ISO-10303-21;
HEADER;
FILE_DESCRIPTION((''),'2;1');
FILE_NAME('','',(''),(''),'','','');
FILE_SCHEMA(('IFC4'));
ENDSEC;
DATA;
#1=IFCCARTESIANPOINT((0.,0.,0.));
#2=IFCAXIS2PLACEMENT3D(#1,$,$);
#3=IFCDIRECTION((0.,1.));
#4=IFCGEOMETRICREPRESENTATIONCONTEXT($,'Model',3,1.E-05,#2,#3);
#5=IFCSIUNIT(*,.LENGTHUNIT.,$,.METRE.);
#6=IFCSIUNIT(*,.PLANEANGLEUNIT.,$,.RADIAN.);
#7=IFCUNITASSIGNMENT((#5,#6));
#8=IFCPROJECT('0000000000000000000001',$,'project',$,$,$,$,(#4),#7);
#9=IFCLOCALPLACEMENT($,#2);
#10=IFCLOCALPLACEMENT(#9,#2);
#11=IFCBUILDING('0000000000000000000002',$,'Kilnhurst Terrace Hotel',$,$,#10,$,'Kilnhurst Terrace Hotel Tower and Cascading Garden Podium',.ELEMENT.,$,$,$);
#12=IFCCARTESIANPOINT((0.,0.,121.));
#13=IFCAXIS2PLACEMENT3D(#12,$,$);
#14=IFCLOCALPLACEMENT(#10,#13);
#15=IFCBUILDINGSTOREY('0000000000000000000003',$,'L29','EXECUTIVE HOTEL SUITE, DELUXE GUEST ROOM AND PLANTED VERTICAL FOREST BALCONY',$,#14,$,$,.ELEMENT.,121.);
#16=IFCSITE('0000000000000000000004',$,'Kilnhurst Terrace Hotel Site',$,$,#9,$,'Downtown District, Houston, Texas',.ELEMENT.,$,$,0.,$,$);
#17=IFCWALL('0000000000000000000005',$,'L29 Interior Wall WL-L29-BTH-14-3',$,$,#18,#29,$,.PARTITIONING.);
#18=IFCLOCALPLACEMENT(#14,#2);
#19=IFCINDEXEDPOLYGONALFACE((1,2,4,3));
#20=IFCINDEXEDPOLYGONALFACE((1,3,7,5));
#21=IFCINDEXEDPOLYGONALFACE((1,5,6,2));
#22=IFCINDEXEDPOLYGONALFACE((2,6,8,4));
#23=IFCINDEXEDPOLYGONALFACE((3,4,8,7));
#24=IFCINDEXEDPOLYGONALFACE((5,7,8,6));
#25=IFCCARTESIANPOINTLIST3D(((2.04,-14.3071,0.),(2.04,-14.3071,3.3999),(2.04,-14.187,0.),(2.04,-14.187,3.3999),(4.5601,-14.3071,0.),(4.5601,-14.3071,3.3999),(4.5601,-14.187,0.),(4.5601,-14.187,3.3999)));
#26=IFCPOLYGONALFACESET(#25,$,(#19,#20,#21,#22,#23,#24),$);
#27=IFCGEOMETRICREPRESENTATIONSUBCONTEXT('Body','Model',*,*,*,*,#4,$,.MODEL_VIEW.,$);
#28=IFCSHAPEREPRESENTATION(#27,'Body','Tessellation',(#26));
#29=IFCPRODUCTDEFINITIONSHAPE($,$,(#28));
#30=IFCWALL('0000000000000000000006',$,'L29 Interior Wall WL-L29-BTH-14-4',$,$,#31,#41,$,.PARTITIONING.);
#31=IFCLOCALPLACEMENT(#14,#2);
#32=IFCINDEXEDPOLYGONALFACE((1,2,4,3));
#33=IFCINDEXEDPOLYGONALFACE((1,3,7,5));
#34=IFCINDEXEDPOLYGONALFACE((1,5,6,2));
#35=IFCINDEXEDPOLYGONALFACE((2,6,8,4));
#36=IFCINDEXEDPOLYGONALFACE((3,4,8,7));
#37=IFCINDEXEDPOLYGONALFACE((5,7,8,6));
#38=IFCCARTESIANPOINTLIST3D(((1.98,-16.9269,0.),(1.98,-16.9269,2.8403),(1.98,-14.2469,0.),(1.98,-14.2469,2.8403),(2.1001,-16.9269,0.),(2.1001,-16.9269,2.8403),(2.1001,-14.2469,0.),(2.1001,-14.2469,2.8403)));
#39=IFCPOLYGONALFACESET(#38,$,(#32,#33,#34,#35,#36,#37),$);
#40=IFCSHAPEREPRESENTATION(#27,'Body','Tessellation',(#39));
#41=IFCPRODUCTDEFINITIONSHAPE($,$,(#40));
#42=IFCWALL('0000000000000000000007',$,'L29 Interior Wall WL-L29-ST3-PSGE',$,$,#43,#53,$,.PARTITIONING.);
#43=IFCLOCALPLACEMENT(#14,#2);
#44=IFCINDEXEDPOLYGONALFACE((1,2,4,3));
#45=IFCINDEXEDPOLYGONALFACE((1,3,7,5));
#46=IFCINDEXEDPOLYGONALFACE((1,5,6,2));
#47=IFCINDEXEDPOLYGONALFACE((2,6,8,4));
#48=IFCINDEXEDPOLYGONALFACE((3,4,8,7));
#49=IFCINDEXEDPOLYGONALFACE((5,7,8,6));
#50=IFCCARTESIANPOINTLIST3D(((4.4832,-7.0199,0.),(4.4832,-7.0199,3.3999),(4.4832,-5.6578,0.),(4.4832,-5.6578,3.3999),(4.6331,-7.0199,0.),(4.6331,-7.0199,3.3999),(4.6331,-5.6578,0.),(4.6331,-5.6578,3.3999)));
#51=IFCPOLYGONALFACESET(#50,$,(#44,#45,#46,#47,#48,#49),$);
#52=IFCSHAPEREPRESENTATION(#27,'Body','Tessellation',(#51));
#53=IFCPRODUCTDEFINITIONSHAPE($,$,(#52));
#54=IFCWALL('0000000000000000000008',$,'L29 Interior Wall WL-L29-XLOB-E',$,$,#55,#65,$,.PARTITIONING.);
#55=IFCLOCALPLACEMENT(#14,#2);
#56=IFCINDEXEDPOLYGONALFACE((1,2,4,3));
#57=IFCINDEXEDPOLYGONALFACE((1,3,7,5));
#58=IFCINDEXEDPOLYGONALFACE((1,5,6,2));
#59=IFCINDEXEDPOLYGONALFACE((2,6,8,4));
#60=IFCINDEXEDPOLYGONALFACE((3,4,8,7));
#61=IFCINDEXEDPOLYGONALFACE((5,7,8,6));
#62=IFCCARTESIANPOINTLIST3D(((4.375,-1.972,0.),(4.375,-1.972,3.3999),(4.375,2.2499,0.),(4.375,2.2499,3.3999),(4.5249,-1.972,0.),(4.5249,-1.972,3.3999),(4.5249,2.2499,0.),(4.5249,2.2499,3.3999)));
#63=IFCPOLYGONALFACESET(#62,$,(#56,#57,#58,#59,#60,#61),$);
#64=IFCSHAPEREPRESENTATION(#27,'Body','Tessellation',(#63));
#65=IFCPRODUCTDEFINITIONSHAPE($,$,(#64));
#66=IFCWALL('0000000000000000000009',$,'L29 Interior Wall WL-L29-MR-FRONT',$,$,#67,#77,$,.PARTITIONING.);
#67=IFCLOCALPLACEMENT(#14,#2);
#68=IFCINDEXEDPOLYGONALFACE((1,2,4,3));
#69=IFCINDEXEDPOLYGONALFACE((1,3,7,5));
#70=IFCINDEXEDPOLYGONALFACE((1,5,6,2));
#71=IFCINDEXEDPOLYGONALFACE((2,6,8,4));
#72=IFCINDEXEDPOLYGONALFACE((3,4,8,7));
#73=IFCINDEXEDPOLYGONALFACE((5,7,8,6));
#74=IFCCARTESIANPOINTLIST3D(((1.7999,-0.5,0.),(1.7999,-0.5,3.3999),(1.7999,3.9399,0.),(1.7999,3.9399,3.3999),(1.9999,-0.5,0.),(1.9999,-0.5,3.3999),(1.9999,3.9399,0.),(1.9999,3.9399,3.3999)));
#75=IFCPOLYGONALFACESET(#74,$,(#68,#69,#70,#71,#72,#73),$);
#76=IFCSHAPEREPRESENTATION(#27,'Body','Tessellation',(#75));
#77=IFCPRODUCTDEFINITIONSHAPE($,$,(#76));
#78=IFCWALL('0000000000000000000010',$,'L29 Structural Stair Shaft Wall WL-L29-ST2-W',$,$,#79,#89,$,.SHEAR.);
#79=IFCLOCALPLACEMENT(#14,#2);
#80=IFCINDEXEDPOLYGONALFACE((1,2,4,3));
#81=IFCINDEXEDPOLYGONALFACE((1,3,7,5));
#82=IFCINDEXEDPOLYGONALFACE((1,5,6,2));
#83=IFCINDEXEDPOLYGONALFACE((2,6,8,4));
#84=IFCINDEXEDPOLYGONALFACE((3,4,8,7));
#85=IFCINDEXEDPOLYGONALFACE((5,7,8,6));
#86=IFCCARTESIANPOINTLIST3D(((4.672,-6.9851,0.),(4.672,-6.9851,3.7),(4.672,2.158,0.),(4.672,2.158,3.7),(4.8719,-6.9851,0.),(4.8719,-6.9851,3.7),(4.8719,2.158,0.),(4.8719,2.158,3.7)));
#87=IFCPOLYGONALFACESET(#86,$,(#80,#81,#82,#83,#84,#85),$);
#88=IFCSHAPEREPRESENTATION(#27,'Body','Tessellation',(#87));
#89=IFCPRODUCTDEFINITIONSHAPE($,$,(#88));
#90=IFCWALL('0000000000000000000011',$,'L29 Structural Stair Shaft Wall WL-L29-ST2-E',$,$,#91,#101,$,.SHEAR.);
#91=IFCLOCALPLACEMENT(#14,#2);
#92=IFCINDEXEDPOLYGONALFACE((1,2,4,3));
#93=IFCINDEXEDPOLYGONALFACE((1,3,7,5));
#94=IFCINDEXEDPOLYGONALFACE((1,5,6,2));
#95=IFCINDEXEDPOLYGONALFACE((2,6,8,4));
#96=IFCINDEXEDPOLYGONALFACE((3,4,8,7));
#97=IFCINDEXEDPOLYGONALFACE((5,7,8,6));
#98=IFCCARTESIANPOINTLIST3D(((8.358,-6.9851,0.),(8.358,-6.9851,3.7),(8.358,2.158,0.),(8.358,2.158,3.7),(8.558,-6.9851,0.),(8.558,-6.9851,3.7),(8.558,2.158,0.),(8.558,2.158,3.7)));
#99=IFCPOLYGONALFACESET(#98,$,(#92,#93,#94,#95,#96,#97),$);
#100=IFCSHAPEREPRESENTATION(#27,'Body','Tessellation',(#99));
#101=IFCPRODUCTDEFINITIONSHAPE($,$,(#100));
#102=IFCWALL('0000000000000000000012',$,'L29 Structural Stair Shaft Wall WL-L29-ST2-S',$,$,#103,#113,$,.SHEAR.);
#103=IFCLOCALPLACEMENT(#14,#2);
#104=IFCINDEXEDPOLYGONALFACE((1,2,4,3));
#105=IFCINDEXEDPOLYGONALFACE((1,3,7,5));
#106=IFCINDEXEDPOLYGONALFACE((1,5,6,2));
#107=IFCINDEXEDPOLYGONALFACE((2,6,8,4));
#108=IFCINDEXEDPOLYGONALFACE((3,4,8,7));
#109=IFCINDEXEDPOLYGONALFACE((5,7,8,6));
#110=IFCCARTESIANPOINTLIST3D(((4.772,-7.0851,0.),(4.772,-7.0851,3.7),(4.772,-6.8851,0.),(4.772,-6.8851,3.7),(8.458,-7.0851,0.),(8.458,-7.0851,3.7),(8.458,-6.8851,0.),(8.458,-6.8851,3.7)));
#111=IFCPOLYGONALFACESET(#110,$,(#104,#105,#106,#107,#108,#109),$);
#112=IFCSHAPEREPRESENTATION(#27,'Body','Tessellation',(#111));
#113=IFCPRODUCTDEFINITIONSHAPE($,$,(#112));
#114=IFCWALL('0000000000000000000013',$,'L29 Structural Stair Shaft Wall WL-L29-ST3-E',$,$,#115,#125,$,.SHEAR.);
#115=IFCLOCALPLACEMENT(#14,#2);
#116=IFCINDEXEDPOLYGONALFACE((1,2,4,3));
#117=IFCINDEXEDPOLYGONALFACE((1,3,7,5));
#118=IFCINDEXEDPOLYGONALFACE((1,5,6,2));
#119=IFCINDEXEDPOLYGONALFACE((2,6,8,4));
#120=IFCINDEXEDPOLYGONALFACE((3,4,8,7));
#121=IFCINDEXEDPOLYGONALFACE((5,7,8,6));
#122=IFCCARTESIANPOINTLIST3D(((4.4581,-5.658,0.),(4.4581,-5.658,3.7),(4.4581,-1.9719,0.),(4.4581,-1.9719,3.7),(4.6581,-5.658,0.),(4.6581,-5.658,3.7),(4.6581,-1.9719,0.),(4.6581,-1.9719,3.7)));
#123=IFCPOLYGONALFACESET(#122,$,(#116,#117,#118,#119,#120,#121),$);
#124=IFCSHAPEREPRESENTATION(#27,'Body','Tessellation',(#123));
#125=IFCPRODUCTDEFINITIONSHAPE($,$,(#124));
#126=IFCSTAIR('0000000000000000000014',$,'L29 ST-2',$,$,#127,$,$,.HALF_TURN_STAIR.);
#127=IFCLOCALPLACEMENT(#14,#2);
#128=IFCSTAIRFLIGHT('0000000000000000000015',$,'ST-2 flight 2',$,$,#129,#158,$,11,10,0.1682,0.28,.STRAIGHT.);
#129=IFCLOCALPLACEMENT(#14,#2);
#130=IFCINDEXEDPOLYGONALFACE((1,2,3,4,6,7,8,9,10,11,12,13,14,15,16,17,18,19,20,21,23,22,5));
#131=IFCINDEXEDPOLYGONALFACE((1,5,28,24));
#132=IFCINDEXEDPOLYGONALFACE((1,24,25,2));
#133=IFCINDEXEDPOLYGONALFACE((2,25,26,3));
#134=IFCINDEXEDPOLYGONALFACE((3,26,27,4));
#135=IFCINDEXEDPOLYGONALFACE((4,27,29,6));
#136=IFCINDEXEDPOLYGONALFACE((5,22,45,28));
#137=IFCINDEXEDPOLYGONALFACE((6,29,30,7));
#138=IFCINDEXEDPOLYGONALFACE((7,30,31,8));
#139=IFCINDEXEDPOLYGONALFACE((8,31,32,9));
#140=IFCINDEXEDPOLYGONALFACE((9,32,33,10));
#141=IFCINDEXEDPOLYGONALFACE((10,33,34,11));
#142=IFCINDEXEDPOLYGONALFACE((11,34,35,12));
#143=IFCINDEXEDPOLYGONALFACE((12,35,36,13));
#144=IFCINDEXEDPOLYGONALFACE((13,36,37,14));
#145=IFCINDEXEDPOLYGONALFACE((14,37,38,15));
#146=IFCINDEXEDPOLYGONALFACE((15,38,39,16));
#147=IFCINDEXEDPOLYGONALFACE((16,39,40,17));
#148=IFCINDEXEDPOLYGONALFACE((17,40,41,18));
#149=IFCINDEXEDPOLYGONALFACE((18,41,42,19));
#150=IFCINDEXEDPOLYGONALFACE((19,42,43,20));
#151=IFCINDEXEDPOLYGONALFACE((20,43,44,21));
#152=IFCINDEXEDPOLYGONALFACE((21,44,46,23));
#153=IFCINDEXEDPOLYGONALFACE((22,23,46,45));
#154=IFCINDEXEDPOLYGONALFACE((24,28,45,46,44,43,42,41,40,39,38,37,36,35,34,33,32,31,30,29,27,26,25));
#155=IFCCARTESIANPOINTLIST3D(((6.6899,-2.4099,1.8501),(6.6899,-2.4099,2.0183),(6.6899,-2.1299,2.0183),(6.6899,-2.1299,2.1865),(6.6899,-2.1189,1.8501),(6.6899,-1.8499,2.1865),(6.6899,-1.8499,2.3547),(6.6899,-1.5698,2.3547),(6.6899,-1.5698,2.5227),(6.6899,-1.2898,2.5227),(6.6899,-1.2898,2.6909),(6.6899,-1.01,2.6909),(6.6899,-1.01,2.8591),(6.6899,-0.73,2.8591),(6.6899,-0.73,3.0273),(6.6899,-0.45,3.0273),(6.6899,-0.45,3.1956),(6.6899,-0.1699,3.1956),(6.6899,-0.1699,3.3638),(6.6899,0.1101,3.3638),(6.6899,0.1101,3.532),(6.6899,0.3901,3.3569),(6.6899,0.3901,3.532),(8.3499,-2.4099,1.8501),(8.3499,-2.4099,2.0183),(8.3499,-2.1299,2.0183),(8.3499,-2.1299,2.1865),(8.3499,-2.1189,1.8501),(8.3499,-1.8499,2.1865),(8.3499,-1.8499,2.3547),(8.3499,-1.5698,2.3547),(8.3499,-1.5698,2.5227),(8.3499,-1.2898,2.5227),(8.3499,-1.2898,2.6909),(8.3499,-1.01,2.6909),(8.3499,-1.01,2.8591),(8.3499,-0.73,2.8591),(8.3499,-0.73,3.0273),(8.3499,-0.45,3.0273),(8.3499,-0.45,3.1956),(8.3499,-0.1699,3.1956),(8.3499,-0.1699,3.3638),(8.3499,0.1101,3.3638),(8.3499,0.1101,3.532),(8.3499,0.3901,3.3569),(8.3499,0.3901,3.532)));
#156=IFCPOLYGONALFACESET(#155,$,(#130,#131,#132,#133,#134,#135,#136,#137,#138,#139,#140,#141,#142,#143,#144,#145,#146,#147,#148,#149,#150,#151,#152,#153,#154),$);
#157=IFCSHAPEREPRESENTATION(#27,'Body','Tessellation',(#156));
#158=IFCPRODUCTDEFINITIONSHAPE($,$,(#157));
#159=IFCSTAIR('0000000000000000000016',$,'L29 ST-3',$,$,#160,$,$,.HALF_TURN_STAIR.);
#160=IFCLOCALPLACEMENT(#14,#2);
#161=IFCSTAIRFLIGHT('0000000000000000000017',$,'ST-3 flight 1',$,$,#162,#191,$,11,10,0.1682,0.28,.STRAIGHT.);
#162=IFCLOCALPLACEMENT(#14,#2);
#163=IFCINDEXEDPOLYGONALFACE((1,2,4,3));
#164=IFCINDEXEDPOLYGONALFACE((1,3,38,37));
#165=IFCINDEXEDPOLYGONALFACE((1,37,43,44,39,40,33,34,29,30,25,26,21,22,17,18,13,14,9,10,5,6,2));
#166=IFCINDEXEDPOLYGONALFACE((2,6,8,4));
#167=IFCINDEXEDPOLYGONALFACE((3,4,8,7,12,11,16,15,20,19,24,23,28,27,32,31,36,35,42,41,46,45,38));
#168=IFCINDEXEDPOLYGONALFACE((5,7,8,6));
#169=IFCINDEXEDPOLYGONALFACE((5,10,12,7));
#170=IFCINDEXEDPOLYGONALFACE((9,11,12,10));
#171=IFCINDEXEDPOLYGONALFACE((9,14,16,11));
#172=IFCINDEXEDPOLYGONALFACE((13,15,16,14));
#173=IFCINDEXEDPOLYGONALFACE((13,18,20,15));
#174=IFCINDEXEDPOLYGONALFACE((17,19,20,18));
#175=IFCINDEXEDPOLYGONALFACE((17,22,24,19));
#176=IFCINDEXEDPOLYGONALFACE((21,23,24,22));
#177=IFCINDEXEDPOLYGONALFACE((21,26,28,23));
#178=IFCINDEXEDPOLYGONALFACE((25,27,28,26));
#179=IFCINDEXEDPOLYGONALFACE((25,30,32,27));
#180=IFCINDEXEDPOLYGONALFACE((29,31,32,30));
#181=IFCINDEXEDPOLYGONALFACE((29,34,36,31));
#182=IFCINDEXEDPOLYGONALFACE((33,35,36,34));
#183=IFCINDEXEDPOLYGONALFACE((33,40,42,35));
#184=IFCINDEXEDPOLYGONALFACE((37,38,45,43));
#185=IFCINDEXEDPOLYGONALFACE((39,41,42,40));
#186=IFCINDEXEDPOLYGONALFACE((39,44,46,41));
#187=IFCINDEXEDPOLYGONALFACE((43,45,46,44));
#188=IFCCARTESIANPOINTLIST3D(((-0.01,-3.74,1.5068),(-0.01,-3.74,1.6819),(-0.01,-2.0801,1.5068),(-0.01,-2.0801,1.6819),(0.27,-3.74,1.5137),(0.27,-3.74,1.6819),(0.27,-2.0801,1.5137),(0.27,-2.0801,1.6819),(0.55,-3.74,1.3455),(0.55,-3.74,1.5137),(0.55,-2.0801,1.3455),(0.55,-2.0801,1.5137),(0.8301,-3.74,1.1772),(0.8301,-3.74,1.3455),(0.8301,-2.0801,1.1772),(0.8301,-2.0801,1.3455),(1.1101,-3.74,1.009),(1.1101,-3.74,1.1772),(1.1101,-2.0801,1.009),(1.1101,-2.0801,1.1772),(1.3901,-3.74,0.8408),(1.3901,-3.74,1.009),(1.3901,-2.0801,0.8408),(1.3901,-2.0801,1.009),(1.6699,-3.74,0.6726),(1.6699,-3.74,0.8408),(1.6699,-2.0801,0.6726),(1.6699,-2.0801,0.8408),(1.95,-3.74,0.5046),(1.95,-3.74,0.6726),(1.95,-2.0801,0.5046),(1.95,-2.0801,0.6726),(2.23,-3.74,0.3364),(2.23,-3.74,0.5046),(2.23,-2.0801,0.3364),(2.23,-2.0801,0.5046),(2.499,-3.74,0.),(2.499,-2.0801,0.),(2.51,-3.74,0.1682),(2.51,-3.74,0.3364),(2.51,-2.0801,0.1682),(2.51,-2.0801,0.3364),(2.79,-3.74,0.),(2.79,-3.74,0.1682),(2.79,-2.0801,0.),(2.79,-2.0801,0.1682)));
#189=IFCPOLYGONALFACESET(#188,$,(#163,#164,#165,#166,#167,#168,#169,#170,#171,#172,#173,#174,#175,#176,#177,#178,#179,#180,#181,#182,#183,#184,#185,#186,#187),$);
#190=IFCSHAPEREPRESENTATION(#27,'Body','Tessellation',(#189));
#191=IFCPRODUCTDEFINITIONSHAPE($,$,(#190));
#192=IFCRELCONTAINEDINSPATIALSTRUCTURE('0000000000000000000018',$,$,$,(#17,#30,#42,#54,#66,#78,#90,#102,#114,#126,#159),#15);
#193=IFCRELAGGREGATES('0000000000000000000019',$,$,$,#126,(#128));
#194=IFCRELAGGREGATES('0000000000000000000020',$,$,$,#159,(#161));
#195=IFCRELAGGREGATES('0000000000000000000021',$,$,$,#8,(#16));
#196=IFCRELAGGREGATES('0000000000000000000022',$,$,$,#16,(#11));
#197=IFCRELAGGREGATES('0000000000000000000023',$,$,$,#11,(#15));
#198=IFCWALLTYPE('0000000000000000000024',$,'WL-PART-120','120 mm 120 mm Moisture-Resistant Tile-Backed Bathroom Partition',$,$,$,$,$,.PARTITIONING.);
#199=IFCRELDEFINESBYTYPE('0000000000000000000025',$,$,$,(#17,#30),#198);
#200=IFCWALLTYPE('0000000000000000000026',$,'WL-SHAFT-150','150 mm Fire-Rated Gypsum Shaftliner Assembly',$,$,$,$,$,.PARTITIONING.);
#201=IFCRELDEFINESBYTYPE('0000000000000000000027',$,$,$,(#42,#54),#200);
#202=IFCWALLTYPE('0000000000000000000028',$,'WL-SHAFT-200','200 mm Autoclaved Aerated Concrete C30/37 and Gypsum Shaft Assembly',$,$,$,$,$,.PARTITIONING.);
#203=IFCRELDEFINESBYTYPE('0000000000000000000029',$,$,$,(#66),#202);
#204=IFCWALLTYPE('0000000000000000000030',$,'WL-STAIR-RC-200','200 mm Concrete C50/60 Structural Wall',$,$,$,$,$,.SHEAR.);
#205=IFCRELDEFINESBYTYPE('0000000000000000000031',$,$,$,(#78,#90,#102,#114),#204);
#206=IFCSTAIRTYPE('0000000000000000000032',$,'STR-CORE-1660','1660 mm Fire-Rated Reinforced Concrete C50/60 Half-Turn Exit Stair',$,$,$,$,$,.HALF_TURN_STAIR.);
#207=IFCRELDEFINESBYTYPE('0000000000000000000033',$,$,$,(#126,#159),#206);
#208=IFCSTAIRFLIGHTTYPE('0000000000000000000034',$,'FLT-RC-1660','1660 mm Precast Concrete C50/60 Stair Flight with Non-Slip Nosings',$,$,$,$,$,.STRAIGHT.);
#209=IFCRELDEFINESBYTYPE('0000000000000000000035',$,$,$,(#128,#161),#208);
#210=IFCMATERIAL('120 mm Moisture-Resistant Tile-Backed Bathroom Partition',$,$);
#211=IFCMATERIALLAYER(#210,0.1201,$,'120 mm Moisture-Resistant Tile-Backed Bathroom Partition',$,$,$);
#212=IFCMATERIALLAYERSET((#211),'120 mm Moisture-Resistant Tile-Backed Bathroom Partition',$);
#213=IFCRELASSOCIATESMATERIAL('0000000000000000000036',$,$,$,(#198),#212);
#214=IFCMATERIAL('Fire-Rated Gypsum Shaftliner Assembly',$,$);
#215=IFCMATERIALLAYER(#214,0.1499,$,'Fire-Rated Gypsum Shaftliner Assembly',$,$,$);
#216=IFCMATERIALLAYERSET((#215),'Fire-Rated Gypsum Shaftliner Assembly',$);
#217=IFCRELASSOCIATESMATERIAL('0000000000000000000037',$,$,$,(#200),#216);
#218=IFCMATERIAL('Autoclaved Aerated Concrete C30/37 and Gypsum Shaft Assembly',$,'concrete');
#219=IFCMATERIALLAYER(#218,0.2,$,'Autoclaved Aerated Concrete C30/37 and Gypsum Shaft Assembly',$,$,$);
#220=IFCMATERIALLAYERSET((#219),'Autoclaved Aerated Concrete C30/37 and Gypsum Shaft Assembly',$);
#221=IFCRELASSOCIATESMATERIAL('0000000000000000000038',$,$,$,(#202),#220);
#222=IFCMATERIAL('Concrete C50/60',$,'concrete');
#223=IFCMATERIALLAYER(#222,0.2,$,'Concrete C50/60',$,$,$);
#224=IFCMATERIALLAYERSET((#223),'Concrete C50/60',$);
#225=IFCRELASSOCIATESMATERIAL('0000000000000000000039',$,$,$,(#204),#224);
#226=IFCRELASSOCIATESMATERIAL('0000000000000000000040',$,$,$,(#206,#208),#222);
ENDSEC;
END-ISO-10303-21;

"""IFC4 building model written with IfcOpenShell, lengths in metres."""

from ifc_helpers import new_model, si_unit, direction, frame, frame_2d, origin, place, context, subcontext, project, spatial, polyline, rectangle, outline, extrude, material, layer, layer_set, type_object, element, aggregate, save


model = new_model("IFC4")

# Units and contexts
model_context = context("Model", 3, precision=1e-05, world=origin(), true_north=direction((0.0, 1.0)))
body_context = subcontext(model_context, "Body", "Model", "MODEL_VIEW")
ifc_project = project(units=[si_unit("LENGTHUNIT", "METRE"), si_unit("PLANEANGLEUNIT", "RADIAN")], contexts=[model_context])

# Site, building, storey
site_placement = place(None, origin())
site = spatial("IfcSite", under=ifc_project, at=site_placement, Name="Kilnhurst Terrace Hotel Site", LongName="Downtown District, Houston, Texas", CompositionType="ELEMENT", RefElevation=0.0)
building_placement = place(site_placement, origin())
building = spatial("IfcBuilding", under=site, at=building_placement, Name="Kilnhurst Terrace Hotel", LongName="Kilnhurst Terrace Hotel Tower and Cascading Garden Podium", CompositionType="ELEMENT")
storey_placement = place(building_placement, frame((0.0, 0.0, 121.0)))
storey = spatial("IfcBuildingStorey", under=building, at=storey_placement, Name="L29", Description="EXECUTIVE HOTEL SUITE, DELUXE GUEST ROOM AND PLANTED VERTICAL FOREST BALCONY", CompositionType="ELEMENT", Elevation=121.0)

# Shared definitions
ifc_material_1 = material(Name="Concrete C50/60", Category="concrete")

# Shared definitions
ifc_material_2 = material(Name="120 mm Moisture-Resistant Tile-Backed Bathroom Partition")
ifc_layer_1 = layer(ifc_material_2, 0.1201, Name="120 mm Moisture-Resistant Tile-Backed Bathroom Partition")
ifc_layer_set_1 = layer_set([ifc_layer_1], Name="120 mm Moisture-Resistant Tile-Backed Bathroom Partition")
wall_type_1 = type_object("IfcWallType", Name="WL-PART-120", Description="120 mm 120 mm Moisture-Resistant Tile-Backed Bathroom Partition", PredefinedType="PARTITIONING", material=ifc_layer_set_1)

# Walls
wall_1_placement = place(storey_placement, frame((4.5601, -14.2471, 0.0), z_axis=(0.0, 0.0, 1.0), x_axis=(-1.0, 0.0, 0.0)))
element("IfcWall", 1, at=wall_1_placement, inside=storey, type_object=wall_type_1, Name="L29 Interior Wall WL-L29-BTH-14-3", PredefinedType="PARTITIONING", context=body_context, shape_type="SweptSolid", body=[
    extrude(rectangle(XDim=2.52, YDim=0.1201, at=frame_2d((1.26, 0.0))), origin(), (0.0, 0.0, 1.0), 3.3999),
])
wall_2_placement = place(storey_placement, frame((2.04, -14.2471, 0.0), z_axis=(0.0, 0.0, 1.0), x_axis=(0.0, -1.0, 0.0)))
element("IfcWall", 2, at=wall_2_placement, inside=storey, type_object=wall_type_1, Name="L29 Interior Wall WL-L29-BTH-14-4", PredefinedType="PARTITIONING", context=body_context, shape_type="SweptSolid", body=[
    extrude(rectangle(XDim=2.6799, YDim=0.1201, at=frame_2d((1.3398, 0.0))), origin(), (0.0, 0.0, 1.0), 2.8403),
])
ifc_material_3 = material(Name="Fire-Rated Gypsum Shaftliner Assembly")
ifc_layer_2 = layer(ifc_material_3, 0.1499, Name="Fire-Rated Gypsum Shaftliner Assembly")
ifc_layer_set_2 = layer_set([ifc_layer_2], Name="Fire-Rated Gypsum Shaftliner Assembly")
wall_type_2 = type_object("IfcWallType", Name="WL-SHAFT-150", Description="150 mm Fire-Rated Gypsum Shaftliner Assembly", PredefinedType="PARTITIONING", material=ifc_layer_set_2)
wall_3_placement = place(storey_placement, frame((4.5581, -7.02, 0.0), z_axis=(0.0, 0.0, 1.0), x_axis=(0.0, 1.0, 0.0)))
element("IfcWall", 3, at=wall_3_placement, inside=storey, type_object=wall_type_2, Name="L29 Interior Wall WL-L29-ST3-PSGE", PredefinedType="PARTITIONING", context=body_context, shape_type="SweptSolid", body=[
    extrude(rectangle(XDim=1.3621, YDim=0.1499, at=frame_2d((0.6812, 0.0))), origin(), (0.0, 0.0, 1.0), 3.3999),
])
wall_4_placement = place(storey_placement, frame((4.45, -1.9719, 0.0), z_axis=(0.0, 0.0, 1.0), x_axis=(0.0, 1.0, 0.0)))
element("IfcWall", 4, at=wall_4_placement, inside=storey, type_object=wall_type_2, Name="L29 Interior Wall WL-L29-XLOB-E", PredefinedType="PARTITIONING", context=body_context, shape_type="SweptSolid", body=[
    extrude(rectangle(XDim=4.2219, YDim=0.1499, at=frame_2d((2.1108, 0.0))), origin(), (0.0, 0.0, 1.0), 3.3999),
])
ifc_material_4 = material(Name="Autoclaved Aerated Concrete C30/37 and Gypsum Shaft Assembly", Category="concrete")
ifc_layer_3 = layer(ifc_material_4, 0.2, Name="Autoclaved Aerated Concrete C30/37 and Gypsum Shaft Assembly")
ifc_layer_set_3 = layer_set([ifc_layer_3], Name="Autoclaved Aerated Concrete C30/37 and Gypsum Shaft Assembly")
wall_type_3 = type_object("IfcWallType", Name="WL-SHAFT-200", Description="200 mm Autoclaved Aerated Concrete C30/37 and Gypsum Shaft Assembly", PredefinedType="PARTITIONING", material=ifc_layer_set_3)
wall_5_placement = place(storey_placement, frame((1.8999, -0.5, 0.0), z_axis=(0.0, 0.0, 1.0), x_axis=(0.0, 1.0, 0.0)))
element("IfcWall", 5, at=wall_5_placement, inside=storey, type_object=wall_type_3, Name="L29 Interior Wall WL-L29-MR-FRONT", PredefinedType="PARTITIONING", context=body_context, shape_type="SweptSolid", body=[
    extrude(rectangle(XDim=4.4399, YDim=0.2, at=frame_2d((2.22, 0.0))), origin(), (0.0, 0.0, 1.0), 3.3999),
])
ifc_layer_4 = layer(ifc_material_1, 0.2, Name="Concrete C50/60")
ifc_layer_set_4 = layer_set([ifc_layer_4], Name="Concrete C50/60")
wall_type_4 = type_object("IfcWallType", Name="WL-STAIR-RC-200", Description="200 mm Concrete C50/60 Structural Wall", PredefinedType="SHEAR", material=ifc_layer_set_4)
for number, where, z_axis, x_axis, name in (
    (6, (4.772, -6.9851, 0.0), (0.0, 0.0, 1.0), (0.0, 1.0, 0.0), "L29 Structural Stair Shaft Wall WL-L29-ST2-W"),
    (7, (8.458, -6.9851, 0.0), (0.0, 0.0, 1.0), (0.0, 1.0, 0.0), "L29 Structural Stair Shaft Wall WL-L29-ST2-E"),
):
    element("IfcWall", number, at=place(storey_placement, frame(where, z_axis=z_axis, x_axis=x_axis)), inside=storey, type_object=wall_type_4, Name=name, PredefinedType="SHEAR", context=body_context, shape_type="SweptSolid", body=[
        extrude(rectangle(XDim=9.1431, YDim=0.2, at=frame_2d((4.5715, 0.0))), origin(), (0.0, 0.0, 1.0), 3.7),
    ])
for number, where, z_axis, x_axis, name in (
    (8, (4.772, -6.9851, 0.0), (0.0, 0.0, 1.0), (1.0, 0.0, 0.0), "L29 Structural Stair Shaft Wall WL-L29-ST2-S"),
    (9, (4.5581, -5.658, 0.0), (0.0, 0.0, 1.0), (0.0, 1.0, 0.0), "L29 Structural Stair Shaft Wall WL-L29-ST3-E"),
):
    element("IfcWall", number, at=place(storey_placement, frame(where, z_axis=z_axis, x_axis=x_axis)), inside=storey, type_object=wall_type_4, Name=name, PredefinedType="SHEAR", context=body_context, shape_type="SweptSolid", body=[
        extrude(rectangle(XDim=3.686, YDim=0.2, at=frame_2d((1.843, 0.0))), origin(), (0.0, 0.0, 1.0), 3.7),
    ])

# Stairs, stair flights
stair_type = type_object("IfcStairType", Name="STR-CORE-1660", Description="1660 mm Fire-Rated Reinforced Concrete C50/60 Half-Turn Exit Stair", PredefinedType="HALF_TURN_STAIR", material=ifc_material_1)
stair_1_placement = place(storey_placement, origin())
stair_1 = element("IfcStair", 10, at=stair_1_placement, inside=storey, type_object=stair_type, Name="L29 ST-2", PredefinedType="HALF_TURN_STAIR")
stair_flight_type = type_object("IfcStairFlightType", Name="FLT-RC-1660", Description="1660 mm Precast Concrete C50/60 Stair Flight with Non-Slip Nosings", PredefinedType="STRAIGHT", material=ifc_material_1)
stair_flight_1_placement = place(storey_placement, frame((7.52, -2.4099, 1.8501), z_axis=(0.0, 0.0, 1.0), x_axis=(0.0, 1.0, 0.0)))
stair_flight_1 = element("IfcStairFlight", 11, at=stair_flight_1_placement, type_object=stair_flight_type, Name="ST-2 flight 2", NumberOfRisers=11, NumberOfTreads=10, PredefinedType="STRAIGHT", RiserHeight=0.1682, TreadLength=0.28, context=body_context, shape_type="SweptSolid", body=[
    extrude(outline(polyline([(0.0, 0.0), (0.0, 0.1682), (0.28, 0.1682), (0.28, 0.3364), (0.5601, 0.3364), (0.5601, 0.5046), (0.8401, 0.5046), (0.8401, 0.6726), (1.1201, 0.6726), (1.1201, 0.8408), (1.3999, 0.8408), (1.3999, 1.009), (1.6799, 1.009), (1.6799, 1.1772), (1.96, 1.1772), (1.96, 1.3455), (2.24, 1.3455), (2.24, 1.5137), (2.52, 1.5137), (2.52, 1.6819), (2.8, 1.6819), (2.8, 1.8501), (2.8, 1.5068), (0.291, 0.0), (0.0, 0.0)])), frame((0.0, 0.8301, 0.0), z_axis=(0.0, -1.0, 0.0), x_axis=(1.0, 0.0, 0.0)), (0.0, 0.0, 1.0), 1.6599),
])
aggregate(stair_1, [stair_flight_1])
stair_2_placement = place(storey_placement, origin())
stair_2 = element("IfcStair", 12, at=stair_2_placement, inside=storey, type_object=stair_type, Name="L29 ST-3", PredefinedType="HALF_TURN_STAIR")
stair_flight_2_placement = place(storey_placement, frame((2.79, -2.9099, 0.0), z_axis=(0.0, 0.0, 1.0), x_axis=(-1.0, 0.0, 0.0)))
stair_flight_2 = element("IfcStairFlight", 13, at=stair_flight_2_placement, type_object=stair_flight_type, Name="ST-3 flight 1", NumberOfRisers=11, NumberOfTreads=10, PredefinedType="STRAIGHT", RiserHeight=0.1682, TreadLength=0.28, context=body_context, shape_type="SweptSolid", body=[
    extrude(outline(polyline([(0.0, 0.0), (0.0, 0.1682), (0.28, 0.1682), (0.28, 0.3364), (0.5601, 0.3364), (0.5601, 0.5046), (0.8401, 0.5046), (0.8401, 0.6726), (1.1201, 0.6726), (1.1201, 0.8408), (1.3999, 0.8408), (1.3999, 1.009), (1.6799, 1.009), (1.6799, 1.1772), (1.96, 1.1772), (1.96, 1.3455), (2.24, 1.3455), (2.24, 1.5137), (2.52, 1.5137), (2.52, 1.6819), (2.8, 1.6819), (2.8, 1.8501), (2.8, 1.5068), (0.291, 0.0), (0.0, 0.0)])), frame((0.0, 0.8301, 0.0), z_axis=(0.0, -1.0, 0.0), x_axis=(1.0, 0.0, 0.0)), (0.0, 0.0, 1.0), 1.6599),
])
aggregate(stair_2, [stair_flight_2])

save(model, "model.ifc")
